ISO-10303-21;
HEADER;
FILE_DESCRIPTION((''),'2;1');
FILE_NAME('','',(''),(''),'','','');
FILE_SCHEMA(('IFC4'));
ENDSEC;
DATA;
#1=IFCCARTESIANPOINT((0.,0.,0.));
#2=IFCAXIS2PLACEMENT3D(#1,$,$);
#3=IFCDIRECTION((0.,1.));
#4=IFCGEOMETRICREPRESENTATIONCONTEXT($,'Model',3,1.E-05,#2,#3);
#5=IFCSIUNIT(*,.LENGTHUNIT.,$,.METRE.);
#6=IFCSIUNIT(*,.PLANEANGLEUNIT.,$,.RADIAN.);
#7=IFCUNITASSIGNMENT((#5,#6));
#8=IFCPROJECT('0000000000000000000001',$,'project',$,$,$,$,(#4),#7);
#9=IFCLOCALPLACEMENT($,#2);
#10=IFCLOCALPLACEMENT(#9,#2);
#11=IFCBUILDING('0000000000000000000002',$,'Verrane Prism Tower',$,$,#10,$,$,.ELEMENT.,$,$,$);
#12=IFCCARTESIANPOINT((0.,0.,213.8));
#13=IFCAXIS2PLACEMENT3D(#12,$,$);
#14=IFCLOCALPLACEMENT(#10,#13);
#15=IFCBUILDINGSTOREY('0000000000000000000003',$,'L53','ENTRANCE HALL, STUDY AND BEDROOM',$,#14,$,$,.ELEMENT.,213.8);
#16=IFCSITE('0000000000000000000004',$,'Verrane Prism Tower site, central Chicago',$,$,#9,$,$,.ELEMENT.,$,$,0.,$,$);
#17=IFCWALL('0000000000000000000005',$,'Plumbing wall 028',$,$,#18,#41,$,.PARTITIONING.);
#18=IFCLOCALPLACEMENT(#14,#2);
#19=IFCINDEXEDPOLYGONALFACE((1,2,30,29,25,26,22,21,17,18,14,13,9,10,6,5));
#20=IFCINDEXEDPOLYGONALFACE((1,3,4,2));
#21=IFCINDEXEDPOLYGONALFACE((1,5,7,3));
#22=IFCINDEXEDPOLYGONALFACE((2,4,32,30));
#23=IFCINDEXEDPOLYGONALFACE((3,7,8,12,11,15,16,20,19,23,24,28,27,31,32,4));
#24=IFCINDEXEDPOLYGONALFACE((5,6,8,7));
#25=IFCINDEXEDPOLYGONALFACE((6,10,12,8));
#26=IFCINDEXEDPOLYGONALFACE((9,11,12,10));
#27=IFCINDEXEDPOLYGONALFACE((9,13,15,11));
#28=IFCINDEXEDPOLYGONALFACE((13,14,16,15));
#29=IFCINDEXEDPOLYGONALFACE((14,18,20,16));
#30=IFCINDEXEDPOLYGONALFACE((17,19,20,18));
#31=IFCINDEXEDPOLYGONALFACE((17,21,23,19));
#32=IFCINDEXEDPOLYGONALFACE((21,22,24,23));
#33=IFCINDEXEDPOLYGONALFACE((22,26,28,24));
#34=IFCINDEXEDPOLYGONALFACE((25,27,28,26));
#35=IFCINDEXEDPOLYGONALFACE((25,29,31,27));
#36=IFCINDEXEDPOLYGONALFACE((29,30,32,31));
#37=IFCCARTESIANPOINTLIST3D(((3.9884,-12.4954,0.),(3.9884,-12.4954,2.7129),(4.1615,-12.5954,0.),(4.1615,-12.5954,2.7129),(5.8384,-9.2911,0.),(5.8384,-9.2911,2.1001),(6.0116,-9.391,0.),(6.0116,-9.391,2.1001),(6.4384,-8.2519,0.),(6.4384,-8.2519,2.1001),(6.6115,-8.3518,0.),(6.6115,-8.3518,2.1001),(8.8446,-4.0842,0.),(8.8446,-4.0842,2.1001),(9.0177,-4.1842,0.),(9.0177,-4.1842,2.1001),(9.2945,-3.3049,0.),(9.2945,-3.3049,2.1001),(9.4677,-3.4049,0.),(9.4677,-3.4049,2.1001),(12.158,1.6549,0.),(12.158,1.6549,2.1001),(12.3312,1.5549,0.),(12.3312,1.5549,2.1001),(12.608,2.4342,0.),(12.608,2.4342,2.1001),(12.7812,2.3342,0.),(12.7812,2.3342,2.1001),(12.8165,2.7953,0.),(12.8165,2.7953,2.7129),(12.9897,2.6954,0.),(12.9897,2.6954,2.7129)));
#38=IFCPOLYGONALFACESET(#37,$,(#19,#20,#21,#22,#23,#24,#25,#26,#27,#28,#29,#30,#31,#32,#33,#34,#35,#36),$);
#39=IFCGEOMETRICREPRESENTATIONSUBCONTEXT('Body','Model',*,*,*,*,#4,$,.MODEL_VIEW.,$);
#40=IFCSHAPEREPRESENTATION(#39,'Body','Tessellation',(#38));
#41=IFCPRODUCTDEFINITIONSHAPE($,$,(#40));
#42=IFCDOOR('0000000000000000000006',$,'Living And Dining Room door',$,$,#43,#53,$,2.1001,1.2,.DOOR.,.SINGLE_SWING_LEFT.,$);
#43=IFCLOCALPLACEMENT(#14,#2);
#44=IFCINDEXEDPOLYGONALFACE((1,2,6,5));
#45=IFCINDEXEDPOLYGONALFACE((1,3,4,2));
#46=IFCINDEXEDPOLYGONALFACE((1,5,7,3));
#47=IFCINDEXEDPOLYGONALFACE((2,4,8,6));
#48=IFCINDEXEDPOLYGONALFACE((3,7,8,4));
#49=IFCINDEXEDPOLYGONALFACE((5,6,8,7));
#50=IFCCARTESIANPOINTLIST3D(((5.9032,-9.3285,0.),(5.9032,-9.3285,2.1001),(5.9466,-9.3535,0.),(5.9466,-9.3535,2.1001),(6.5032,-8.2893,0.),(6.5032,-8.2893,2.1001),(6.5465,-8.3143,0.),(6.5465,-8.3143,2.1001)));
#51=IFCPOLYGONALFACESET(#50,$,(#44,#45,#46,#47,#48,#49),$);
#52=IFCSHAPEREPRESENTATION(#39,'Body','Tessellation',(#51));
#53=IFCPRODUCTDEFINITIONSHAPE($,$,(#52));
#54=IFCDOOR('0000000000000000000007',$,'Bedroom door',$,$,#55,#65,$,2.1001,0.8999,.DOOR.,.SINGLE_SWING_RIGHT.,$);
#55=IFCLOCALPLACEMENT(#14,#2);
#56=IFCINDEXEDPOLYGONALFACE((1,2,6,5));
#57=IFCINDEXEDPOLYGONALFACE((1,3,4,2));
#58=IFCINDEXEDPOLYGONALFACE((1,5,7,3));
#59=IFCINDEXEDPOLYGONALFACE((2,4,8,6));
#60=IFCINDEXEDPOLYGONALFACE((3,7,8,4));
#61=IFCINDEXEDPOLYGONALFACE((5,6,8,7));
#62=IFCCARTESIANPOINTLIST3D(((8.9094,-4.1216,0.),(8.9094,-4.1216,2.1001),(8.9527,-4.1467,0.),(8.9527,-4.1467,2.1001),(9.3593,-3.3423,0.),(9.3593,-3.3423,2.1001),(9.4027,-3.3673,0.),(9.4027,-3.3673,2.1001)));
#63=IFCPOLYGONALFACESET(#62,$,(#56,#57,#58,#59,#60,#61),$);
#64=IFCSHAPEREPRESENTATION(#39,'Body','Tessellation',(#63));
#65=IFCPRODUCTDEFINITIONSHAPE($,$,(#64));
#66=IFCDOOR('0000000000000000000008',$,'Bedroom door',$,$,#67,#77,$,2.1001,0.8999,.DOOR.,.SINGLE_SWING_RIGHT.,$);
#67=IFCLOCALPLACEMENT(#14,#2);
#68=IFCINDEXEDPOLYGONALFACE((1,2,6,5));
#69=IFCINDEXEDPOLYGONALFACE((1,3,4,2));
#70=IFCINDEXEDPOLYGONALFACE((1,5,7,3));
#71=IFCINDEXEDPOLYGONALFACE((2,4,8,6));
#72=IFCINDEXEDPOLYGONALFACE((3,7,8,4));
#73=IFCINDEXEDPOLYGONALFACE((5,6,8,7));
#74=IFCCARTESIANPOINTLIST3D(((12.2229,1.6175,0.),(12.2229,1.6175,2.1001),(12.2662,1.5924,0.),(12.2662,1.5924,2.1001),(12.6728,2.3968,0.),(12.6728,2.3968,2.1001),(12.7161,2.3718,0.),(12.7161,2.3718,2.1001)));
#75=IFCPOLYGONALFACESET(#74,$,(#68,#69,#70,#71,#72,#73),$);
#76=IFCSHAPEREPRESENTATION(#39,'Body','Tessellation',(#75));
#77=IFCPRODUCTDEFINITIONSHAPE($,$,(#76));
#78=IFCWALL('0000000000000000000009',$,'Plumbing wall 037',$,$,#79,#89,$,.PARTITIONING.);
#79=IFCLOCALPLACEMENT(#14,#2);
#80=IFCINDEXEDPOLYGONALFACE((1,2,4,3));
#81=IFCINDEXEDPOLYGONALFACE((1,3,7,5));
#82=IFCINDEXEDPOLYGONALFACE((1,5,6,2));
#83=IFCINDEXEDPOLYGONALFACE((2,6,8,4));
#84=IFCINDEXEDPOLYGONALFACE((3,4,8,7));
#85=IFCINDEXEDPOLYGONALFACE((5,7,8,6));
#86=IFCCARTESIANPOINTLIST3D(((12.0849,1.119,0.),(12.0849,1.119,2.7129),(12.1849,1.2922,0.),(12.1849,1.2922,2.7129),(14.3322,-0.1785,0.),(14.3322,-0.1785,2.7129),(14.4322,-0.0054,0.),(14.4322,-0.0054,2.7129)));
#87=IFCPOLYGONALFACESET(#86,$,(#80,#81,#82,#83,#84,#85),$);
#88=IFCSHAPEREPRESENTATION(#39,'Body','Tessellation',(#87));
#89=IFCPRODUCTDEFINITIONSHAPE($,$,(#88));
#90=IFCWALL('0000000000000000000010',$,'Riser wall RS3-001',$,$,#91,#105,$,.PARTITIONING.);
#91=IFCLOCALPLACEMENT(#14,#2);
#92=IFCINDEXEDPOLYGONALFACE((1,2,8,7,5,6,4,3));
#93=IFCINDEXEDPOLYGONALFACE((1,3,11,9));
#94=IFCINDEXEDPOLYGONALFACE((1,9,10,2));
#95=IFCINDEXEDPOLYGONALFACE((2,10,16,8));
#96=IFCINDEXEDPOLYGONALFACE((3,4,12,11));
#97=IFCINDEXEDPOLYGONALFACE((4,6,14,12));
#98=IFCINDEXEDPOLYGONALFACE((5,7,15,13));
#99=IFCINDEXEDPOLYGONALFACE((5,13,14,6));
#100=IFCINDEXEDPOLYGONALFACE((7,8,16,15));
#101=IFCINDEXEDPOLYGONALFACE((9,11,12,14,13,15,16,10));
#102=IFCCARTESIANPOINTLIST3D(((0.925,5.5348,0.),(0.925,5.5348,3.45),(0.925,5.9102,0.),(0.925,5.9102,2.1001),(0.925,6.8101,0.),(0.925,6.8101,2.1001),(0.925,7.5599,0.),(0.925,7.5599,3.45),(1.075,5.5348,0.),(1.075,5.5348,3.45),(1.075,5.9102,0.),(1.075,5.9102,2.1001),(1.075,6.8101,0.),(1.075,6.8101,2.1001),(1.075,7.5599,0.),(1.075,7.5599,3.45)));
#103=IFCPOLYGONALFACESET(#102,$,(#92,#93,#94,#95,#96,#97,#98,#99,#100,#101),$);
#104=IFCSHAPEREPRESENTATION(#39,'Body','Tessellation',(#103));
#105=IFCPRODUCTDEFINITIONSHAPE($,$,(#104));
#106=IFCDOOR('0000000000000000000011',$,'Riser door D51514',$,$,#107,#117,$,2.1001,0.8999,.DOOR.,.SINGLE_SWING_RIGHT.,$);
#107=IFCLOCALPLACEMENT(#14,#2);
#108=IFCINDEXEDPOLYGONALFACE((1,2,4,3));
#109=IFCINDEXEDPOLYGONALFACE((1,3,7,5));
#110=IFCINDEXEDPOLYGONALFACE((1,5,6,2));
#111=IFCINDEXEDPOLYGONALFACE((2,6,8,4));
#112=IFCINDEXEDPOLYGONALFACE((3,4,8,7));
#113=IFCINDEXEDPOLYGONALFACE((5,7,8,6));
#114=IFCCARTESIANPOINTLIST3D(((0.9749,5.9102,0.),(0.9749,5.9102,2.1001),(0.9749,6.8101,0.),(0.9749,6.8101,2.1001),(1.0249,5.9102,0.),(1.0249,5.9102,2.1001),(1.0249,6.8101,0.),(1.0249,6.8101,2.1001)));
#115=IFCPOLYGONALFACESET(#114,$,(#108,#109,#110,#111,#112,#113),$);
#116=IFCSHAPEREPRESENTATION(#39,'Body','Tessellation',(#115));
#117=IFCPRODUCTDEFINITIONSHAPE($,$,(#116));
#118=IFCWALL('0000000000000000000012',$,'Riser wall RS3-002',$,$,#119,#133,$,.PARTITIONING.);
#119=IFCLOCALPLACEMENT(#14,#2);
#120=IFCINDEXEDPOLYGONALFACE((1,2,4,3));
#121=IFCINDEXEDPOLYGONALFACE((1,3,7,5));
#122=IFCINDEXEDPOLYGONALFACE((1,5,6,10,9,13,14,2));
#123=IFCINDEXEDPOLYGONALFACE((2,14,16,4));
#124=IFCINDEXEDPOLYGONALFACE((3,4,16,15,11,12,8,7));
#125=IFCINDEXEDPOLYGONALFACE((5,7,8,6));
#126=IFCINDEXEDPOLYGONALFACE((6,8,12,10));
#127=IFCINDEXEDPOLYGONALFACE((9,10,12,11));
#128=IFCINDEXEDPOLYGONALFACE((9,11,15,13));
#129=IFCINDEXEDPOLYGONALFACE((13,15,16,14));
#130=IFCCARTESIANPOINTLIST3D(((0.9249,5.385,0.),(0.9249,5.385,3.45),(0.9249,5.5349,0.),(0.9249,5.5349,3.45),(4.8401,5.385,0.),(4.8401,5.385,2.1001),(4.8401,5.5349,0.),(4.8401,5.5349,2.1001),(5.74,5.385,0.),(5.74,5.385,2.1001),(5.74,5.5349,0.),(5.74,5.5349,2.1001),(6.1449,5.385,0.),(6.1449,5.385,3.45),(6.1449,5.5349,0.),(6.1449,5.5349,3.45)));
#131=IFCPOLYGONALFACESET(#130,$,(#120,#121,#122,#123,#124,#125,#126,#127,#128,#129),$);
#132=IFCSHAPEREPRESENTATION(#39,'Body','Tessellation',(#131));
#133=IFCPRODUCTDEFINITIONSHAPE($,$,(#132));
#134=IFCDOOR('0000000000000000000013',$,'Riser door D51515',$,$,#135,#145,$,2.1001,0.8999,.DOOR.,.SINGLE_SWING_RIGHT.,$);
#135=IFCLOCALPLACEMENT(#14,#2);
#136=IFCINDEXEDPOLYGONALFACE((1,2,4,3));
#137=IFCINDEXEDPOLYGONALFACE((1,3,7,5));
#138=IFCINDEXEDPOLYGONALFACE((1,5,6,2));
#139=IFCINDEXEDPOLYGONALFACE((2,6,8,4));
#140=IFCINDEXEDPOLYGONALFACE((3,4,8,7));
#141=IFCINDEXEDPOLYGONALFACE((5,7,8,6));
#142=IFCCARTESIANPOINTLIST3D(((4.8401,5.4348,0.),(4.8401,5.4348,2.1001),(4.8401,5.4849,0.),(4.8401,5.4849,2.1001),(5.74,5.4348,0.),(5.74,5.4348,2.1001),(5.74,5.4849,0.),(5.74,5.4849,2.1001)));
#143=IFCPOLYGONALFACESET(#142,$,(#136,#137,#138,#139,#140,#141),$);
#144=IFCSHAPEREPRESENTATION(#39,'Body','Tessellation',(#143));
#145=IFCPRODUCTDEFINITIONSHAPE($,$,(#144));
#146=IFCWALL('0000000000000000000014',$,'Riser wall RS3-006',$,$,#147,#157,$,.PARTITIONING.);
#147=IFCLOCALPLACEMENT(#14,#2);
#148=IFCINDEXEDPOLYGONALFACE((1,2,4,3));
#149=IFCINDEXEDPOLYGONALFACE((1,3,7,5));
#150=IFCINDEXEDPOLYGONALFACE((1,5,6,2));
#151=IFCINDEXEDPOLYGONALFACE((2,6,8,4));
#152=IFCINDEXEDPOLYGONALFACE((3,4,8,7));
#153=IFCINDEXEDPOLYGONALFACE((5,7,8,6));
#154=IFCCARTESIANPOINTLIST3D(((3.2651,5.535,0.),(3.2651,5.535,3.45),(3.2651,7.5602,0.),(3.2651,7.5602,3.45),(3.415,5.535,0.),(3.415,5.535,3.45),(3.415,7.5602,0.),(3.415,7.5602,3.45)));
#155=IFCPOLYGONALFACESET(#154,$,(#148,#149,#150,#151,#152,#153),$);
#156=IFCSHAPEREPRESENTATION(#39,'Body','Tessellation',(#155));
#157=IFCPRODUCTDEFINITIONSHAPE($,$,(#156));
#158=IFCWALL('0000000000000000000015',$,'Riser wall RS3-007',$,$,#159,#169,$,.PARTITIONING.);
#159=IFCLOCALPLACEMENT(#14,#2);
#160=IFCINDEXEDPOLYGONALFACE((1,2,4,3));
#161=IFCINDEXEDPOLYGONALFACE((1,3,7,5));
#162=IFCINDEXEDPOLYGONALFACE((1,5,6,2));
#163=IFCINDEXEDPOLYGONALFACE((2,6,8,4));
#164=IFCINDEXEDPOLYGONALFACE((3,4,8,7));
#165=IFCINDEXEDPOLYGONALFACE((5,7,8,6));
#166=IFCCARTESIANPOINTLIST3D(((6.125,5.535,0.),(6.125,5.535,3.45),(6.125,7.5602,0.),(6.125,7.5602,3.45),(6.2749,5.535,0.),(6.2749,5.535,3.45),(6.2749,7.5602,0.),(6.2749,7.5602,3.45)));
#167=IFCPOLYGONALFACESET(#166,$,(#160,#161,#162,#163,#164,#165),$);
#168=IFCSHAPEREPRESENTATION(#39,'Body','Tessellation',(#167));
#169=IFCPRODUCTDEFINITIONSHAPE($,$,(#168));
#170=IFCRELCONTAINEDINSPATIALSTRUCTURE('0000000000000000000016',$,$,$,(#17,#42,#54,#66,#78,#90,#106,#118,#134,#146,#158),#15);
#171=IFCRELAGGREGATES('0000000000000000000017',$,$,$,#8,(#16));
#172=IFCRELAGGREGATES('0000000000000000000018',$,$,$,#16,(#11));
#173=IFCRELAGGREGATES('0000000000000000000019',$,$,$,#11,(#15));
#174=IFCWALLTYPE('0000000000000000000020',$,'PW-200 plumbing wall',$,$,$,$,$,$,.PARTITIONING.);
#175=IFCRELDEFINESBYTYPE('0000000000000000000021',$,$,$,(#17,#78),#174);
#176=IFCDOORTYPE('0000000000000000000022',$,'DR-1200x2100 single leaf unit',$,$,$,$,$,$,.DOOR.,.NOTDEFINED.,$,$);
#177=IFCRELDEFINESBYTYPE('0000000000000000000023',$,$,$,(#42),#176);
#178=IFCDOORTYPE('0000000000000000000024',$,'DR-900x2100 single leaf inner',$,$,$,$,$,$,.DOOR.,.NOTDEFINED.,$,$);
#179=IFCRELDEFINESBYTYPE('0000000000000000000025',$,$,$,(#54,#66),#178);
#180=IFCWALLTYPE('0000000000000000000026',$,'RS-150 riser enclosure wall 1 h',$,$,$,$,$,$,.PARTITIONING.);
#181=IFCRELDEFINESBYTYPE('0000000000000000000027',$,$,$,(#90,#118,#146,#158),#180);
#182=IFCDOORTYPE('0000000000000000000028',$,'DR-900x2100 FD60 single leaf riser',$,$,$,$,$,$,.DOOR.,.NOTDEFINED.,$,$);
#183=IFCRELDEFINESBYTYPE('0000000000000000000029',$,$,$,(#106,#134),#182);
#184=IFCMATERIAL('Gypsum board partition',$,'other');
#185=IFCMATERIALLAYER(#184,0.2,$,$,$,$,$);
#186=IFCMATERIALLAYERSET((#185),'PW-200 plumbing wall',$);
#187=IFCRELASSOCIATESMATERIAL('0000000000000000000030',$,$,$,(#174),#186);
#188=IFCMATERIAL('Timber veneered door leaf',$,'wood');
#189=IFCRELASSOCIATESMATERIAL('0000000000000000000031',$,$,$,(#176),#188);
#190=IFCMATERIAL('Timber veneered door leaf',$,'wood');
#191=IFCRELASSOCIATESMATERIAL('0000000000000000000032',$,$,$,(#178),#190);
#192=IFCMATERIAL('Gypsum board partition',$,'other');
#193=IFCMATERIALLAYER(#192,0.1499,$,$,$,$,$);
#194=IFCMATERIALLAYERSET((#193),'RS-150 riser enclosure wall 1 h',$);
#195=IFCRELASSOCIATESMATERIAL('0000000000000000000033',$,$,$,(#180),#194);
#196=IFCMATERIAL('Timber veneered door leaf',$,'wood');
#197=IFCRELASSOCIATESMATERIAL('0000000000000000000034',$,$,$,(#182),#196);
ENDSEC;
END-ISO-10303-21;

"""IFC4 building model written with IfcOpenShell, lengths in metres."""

from ifc_helpers import new_model, si_unit, direction, frame, frame_2d, origin, place, context, subcontext, project, spatial, rectangle, extrude, material, layer, layer_set, type_object, element, fill, save


model = new_model("IFC4")

# Units and contexts
model_context = context("Model", 3, precision=1e-05, world=origin(), true_north=direction((0.0, 1.0)))
body_context = subcontext(model_context, "Body", "Model", "MODEL_VIEW")
ifc_project = project(units=[si_unit("LENGTHUNIT", "METRE"), si_unit("PLANEANGLEUNIT", "RADIAN")], contexts=[model_context])

# Site, building, storey
site_placement = place(None, origin())
site = spatial("IfcSite", under=ifc_project, at=site_placement, Name="Verrane Prism Tower site, central Chicago", CompositionType="ELEMENT", RefElevation=0.0)
building_placement = place(site_placement, origin())
building = spatial("IfcBuilding", under=site, at=building_placement, Name="Verrane Prism Tower", CompositionType="ELEMENT")
storey_placement = place(building_placement, frame((0.0, 0.0, 213.8)))
storey = spatial("IfcBuildingStorey", under=building, at=storey_placement, Name="L53", Description="ENTRANCE HALL, STUDY AND BEDROOM", CompositionType="ELEMENT", Elevation=213.8)

# Wall, openings, doors
ifc_material_1 = material(Name="Gypsum board partition", Category="other")
ifc_layer_1 = layer(ifc_material_1, 0.2)
ifc_layer_set_1 = layer_set([ifc_layer_1], Name="PW-200 plumbing wall")
wall_type_1 = type_object("IfcWallType", Name="PW-200 plumbing wall", PredefinedType="PARTITIONING", material=ifc_layer_set_1)
wall_1_placement = place(storey_placement, frame((12.9031, 2.7454, 0.0), z_axis=(0.0, 0.0, 1.0), x_axis=(-0.5, -0.866026, 0.0)))
wall_1 = element("IfcWall", 1, at=wall_1_placement, inside=storey, type_object=wall_type_1, Name="Plumbing wall 028", PredefinedType="PARTITIONING", context=body_context, shape_type="SweptSolid", body=[
    extrude(rectangle(XDim=17.6562, YDim=0.2, at=frame_2d((8.8281, 0.0))), origin(), (0.0, 0.0, 1.0), 2.7129),
])
opening_1_placement = place(wall_1_placement, frame((12.7561, 0.0, 0.0)))
opening_1 = element("IfcOpeningElement", 2, at=opening_1_placement, cuts=wall_1, PredefinedType="OPENING", context=body_context, shape_type="SweptSolid", body=[
    extrude(rectangle(XDim=1.2, YDim=2.1001, at=frame_2d((0.6001, 1.05))), frame((0.0, 0.1099, 0.0), z_axis=(0.0, -1.0, 0.0), x_axis=(1.0, 0.0, 0.0)), (0.0, 0.0, 1.0), 0.22),
])
opening_2_placement = place(wall_1_placement, frame((7.0439, 0.0, 0.0)))
opening_2 = element("IfcOpeningElement", 3, at=opening_2_placement, cuts=wall_1, PredefinedType="OPENING", context=body_context, shape_type="SweptSolid", body=[
    extrude(rectangle(XDim=0.8999, YDim=2.1001, at=frame_2d((0.45, 1.05))), frame((0.0, 0.1099, 0.0), z_axis=(0.0, -1.0, 0.0), x_axis=(1.0, 0.0, 0.0)), (0.0, 0.0, 1.0), 0.22),
])
opening_3_placement = place(wall_1_placement, frame((0.417, 0.0, 0.0)))
opening_3 = element("IfcOpeningElement", 4, at=opening_3_placement, cuts=wall_1, PredefinedType="OPENING", context=body_context, shape_type="SweptSolid", body=[
    extrude(rectangle(XDim=0.8999, YDim=2.1001, at=frame_2d((0.45, 1.05))), frame((0.0, 0.1099, 0.0), z_axis=(0.0, -1.0, 0.0), x_axis=(1.0, 0.0, 0.0)), (0.0, 0.0, 1.0), 0.22),
])
ifc_material_2 = material(Name="Timber veneered door leaf", Category="wood")
door_type_1 = type_object("IfcDoorType", Name="DR-1200x2100 single leaf unit", OperationType="NOTDEFINED", PredefinedType="DOOR", material=ifc_material_2)
door_1_placement = place(opening_1_placement, origin())
door_1 = element("IfcDoor", 5, at=door_1_placement, inside=storey, type_object=door_type_1, Name="Living And Dining Room door", OperationType="SINGLE_SWING_LEFT", OverallHeight=2.1001, OverallWidth=1.2, PredefinedType="DOOR", context=body_context, shape_type="SweptSolid", body=[
    extrude(rectangle(XDim=1.2, YDim=2.1001, at=frame_2d((0.6001, 1.05))), frame((0.0, 0.0249, 0.0), z_axis=(0.0, -1.0, 0.0), x_axis=(1.0, 0.0, 0.0)), (0.0, 0.0, 1.0), 0.05),
])
fill(opening_1, door_1)
ifc_material_3 = material(Name="Timber veneered door leaf", Category="wood")
door_type_2 = type_object("IfcDoorType", Name="DR-900x2100 single leaf inner", OperationType="NOTDEFINED", PredefinedType="DOOR", material=ifc_material_3)
door_2_placement = place(opening_2_placement, origin())
door_2 = element("IfcDoor", 6, at=door_2_placement, inside=storey, type_object=door_type_2, Name="Bedroom door", OperationType="SINGLE_SWING_RIGHT", OverallHeight=2.1001, OverallWidth=0.8999, PredefinedType="DOOR", context=body_context, shape_type="SweptSolid", body=[
    extrude(rectangle(XDim=0.8999, YDim=2.1001, at=frame_2d((0.45, 1.05))), frame((0.0, 0.0249, 0.0), z_axis=(0.0, -1.0, 0.0), x_axis=(1.0, 0.0, 0.0)), (0.0, 0.0, 1.0), 0.05),
])
fill(opening_2, door_2)
door_3_placement = place(opening_3_placement, origin())
door_3 = element("IfcDoor", 7, at=door_3_placement, inside=storey, type_object=door_type_2, Name="Bedroom door", OperationType="SINGLE_SWING_RIGHT", OverallHeight=2.1001, OverallWidth=0.8999, PredefinedType="DOOR", context=body_context, shape_type="SweptSolid", body=[
    extrude(rectangle(XDim=0.8999, YDim=2.1001, at=frame_2d((0.45, 1.05))), frame((0.0, 0.0249, 0.0), z_axis=(0.0, -1.0, 0.0), x_axis=(1.0, 0.0, 0.0)), (0.0, 0.0, 1.0), 0.05),
])
fill(opening_3, door_3)

# Wall
wall_2_placement = place(storey_placement, frame((12.135, 1.2056, 0.0), z_axis=(0.0, 0.0, 1.0), x_axis=(0.866005, -0.500035, 0.0)))
element("IfcWall", 8, at=wall_2_placement, inside=storey, type_object=wall_type_1, Name="Plumbing wall 037", PredefinedType="PARTITIONING", context=body_context, shape_type="SweptSolid", body=[
    extrude(rectangle(XDim=2.595, YDim=0.2, at=frame_2d((1.2974, 0.0))), origin(), (0.0, 0.0, 1.0), 2.7129),
])

# Walls, openings, doors
ifc_material_4 = material(Name="Gypsum board partition", Category="other")
ifc_layer_2 = layer(ifc_material_4, 0.1499)
ifc_layer_set_2 = layer_set([ifc_layer_2], Name="RS-150 riser enclosure wall 1 h")
wall_type_2 = type_object("IfcWallType", Name="RS-150 riser enclosure wall 1 h", PredefinedType="PARTITIONING", material=ifc_layer_set_2)
wall_3_placement = place(storey_placement, frame((1.0, 7.5601, 0.0), z_axis=(0.0, 0.0, 1.0), x_axis=(0.0, -1.0, 0.0)))
wall_3 = element("IfcWall", 9, at=wall_3_placement, inside=storey, type_object=wall_type_2, Name="Riser wall RS3-001", PredefinedType="PARTITIONING", context=body_context, shape_type="SweptSolid", body=[
    extrude(rectangle(XDim=2.0251, YDim=0.1499, at=frame_2d((1.0127, 0.0))), origin(), (0.0, 0.0, 1.0), 3.45),
])
opening_4_placement = place(wall_3_placement, frame((0.75, 0.0, 0.0)))
opening_4 = element("IfcOpeningElement", 10, at=opening_4_placement, cuts=wall_3, PredefinedType="OPENING", context=body_context, shape_type="SweptSolid", body=[
    extrude(rectangle(XDim=0.8999, YDim=2.1001, at=frame_2d((0.45, 1.05))), frame((0.0, 0.085, 0.0), z_axis=(0.0, -1.0, 0.0), x_axis=(1.0, 0.0, 0.0)), (0.0, 0.0, 1.0), 0.1699),
])
ifc_material_5 = material(Name="Timber veneered door leaf", Category="wood")
door_type_3 = type_object("IfcDoorType", Name="DR-900x2100 FD60 single leaf riser", OperationType="NOTDEFINED", PredefinedType="DOOR", material=ifc_material_5)
door_4_placement = place(opening_4_placement, origin())
door_4 = element("IfcDoor", 11, at=door_4_placement, inside=storey, type_object=door_type_3, Name="Riser door D51514", OperationType="SINGLE_SWING_RIGHT", OverallHeight=2.1001, OverallWidth=0.8999, PredefinedType="DOOR", context=body_context, shape_type="SweptSolid", body=[
    extrude(rectangle(XDim=0.8999, YDim=2.1001, at=frame_2d((0.45, 1.05))), frame((0.0, 0.0249, 0.0), z_axis=(0.0, -1.0, 0.0), x_axis=(1.0, 0.0, 0.0)), (0.0, 0.0, 1.0), 0.05),
])
fill(opening_4, door_4)
wall_4_placement = place(storey_placement, frame((0.925, 5.46, 0.0), z_axis=(0.0, 0.0, 1.0), x_axis=(1.0, 0.0, 0.0)))
wall_4 = element("IfcWall", 12, at=wall_4_placement, inside=storey, type_object=wall_type_2, Name="Riser wall RS3-002", PredefinedType="PARTITIONING", context=body_context, shape_type="SweptSolid", body=[
    extrude(rectangle(XDim=5.22, YDim=0.1499, at=frame_2d((2.6099, 0.0))), origin(), (0.0, 0.0, 1.0), 3.45),
])
opening_5_placement = place(wall_4_placement, frame((3.915, 0.0, 0.0)))
opening_5 = element("IfcOpeningElement", 13, at=opening_5_placement, cuts=wall_4, PredefinedType="OPENING", context=body_context, shape_type="SweptSolid", body=[
    extrude(rectangle(XDim=0.8999, YDim=2.1001, at=frame_2d((0.45, 1.05))), frame((0.0, 0.085, 0.0), z_axis=(0.0, -1.0, 0.0), x_axis=(1.0, 0.0, 0.0)), (0.0, 0.0, 1.0), 0.1699),
])
door_5_placement = place(opening_5_placement, origin())
door_5 = element("IfcDoor", 14, at=door_5_placement, inside=storey, type_object=door_type_3, Name="Riser door D51515", OperationType="SINGLE_SWING_RIGHT", OverallHeight=2.1001, OverallWidth=0.8999, PredefinedType="DOOR", context=body_context, shape_type="SweptSolid", body=[
    extrude(rectangle(XDim=0.8999, YDim=2.1001, at=frame_2d((0.45, 1.05))), frame((0.0, 0.0249, 0.0), z_axis=(0.0, -1.0, 0.0), x_axis=(1.0, 0.0, 0.0)), (0.0, 0.0, 1.0), 0.05),
])
fill(opening_5, door_5)

# Walls
for number, where, z_axis, x_axis, name in (
    (15, (3.3401, 5.5349, 0.0), (0.0, 0.0, 1.0), (0.0, 1.0, 0.0), "Riser wall RS3-006"),
    (16, (6.2, 5.5349, 0.0), (0.0, 0.0, 1.0), (0.0, 1.0, 0.0), "Riser wall RS3-007"),
):
    element("IfcWall", number, at=place(storey_placement, frame(where, z_axis=z_axis, x_axis=x_axis)), inside=storey, type_object=wall_type_2, Name=name, PredefinedType="PARTITIONING", context=body_context, shape_type="SweptSolid", body=[
        extrude(rectangle(XDim=2.0251, YDim=0.1499, at=frame_2d((1.0127, 0.0))), origin(), (0.0, 0.0, 1.0), 3.45),
    ])

save(model, "model.ifc")
